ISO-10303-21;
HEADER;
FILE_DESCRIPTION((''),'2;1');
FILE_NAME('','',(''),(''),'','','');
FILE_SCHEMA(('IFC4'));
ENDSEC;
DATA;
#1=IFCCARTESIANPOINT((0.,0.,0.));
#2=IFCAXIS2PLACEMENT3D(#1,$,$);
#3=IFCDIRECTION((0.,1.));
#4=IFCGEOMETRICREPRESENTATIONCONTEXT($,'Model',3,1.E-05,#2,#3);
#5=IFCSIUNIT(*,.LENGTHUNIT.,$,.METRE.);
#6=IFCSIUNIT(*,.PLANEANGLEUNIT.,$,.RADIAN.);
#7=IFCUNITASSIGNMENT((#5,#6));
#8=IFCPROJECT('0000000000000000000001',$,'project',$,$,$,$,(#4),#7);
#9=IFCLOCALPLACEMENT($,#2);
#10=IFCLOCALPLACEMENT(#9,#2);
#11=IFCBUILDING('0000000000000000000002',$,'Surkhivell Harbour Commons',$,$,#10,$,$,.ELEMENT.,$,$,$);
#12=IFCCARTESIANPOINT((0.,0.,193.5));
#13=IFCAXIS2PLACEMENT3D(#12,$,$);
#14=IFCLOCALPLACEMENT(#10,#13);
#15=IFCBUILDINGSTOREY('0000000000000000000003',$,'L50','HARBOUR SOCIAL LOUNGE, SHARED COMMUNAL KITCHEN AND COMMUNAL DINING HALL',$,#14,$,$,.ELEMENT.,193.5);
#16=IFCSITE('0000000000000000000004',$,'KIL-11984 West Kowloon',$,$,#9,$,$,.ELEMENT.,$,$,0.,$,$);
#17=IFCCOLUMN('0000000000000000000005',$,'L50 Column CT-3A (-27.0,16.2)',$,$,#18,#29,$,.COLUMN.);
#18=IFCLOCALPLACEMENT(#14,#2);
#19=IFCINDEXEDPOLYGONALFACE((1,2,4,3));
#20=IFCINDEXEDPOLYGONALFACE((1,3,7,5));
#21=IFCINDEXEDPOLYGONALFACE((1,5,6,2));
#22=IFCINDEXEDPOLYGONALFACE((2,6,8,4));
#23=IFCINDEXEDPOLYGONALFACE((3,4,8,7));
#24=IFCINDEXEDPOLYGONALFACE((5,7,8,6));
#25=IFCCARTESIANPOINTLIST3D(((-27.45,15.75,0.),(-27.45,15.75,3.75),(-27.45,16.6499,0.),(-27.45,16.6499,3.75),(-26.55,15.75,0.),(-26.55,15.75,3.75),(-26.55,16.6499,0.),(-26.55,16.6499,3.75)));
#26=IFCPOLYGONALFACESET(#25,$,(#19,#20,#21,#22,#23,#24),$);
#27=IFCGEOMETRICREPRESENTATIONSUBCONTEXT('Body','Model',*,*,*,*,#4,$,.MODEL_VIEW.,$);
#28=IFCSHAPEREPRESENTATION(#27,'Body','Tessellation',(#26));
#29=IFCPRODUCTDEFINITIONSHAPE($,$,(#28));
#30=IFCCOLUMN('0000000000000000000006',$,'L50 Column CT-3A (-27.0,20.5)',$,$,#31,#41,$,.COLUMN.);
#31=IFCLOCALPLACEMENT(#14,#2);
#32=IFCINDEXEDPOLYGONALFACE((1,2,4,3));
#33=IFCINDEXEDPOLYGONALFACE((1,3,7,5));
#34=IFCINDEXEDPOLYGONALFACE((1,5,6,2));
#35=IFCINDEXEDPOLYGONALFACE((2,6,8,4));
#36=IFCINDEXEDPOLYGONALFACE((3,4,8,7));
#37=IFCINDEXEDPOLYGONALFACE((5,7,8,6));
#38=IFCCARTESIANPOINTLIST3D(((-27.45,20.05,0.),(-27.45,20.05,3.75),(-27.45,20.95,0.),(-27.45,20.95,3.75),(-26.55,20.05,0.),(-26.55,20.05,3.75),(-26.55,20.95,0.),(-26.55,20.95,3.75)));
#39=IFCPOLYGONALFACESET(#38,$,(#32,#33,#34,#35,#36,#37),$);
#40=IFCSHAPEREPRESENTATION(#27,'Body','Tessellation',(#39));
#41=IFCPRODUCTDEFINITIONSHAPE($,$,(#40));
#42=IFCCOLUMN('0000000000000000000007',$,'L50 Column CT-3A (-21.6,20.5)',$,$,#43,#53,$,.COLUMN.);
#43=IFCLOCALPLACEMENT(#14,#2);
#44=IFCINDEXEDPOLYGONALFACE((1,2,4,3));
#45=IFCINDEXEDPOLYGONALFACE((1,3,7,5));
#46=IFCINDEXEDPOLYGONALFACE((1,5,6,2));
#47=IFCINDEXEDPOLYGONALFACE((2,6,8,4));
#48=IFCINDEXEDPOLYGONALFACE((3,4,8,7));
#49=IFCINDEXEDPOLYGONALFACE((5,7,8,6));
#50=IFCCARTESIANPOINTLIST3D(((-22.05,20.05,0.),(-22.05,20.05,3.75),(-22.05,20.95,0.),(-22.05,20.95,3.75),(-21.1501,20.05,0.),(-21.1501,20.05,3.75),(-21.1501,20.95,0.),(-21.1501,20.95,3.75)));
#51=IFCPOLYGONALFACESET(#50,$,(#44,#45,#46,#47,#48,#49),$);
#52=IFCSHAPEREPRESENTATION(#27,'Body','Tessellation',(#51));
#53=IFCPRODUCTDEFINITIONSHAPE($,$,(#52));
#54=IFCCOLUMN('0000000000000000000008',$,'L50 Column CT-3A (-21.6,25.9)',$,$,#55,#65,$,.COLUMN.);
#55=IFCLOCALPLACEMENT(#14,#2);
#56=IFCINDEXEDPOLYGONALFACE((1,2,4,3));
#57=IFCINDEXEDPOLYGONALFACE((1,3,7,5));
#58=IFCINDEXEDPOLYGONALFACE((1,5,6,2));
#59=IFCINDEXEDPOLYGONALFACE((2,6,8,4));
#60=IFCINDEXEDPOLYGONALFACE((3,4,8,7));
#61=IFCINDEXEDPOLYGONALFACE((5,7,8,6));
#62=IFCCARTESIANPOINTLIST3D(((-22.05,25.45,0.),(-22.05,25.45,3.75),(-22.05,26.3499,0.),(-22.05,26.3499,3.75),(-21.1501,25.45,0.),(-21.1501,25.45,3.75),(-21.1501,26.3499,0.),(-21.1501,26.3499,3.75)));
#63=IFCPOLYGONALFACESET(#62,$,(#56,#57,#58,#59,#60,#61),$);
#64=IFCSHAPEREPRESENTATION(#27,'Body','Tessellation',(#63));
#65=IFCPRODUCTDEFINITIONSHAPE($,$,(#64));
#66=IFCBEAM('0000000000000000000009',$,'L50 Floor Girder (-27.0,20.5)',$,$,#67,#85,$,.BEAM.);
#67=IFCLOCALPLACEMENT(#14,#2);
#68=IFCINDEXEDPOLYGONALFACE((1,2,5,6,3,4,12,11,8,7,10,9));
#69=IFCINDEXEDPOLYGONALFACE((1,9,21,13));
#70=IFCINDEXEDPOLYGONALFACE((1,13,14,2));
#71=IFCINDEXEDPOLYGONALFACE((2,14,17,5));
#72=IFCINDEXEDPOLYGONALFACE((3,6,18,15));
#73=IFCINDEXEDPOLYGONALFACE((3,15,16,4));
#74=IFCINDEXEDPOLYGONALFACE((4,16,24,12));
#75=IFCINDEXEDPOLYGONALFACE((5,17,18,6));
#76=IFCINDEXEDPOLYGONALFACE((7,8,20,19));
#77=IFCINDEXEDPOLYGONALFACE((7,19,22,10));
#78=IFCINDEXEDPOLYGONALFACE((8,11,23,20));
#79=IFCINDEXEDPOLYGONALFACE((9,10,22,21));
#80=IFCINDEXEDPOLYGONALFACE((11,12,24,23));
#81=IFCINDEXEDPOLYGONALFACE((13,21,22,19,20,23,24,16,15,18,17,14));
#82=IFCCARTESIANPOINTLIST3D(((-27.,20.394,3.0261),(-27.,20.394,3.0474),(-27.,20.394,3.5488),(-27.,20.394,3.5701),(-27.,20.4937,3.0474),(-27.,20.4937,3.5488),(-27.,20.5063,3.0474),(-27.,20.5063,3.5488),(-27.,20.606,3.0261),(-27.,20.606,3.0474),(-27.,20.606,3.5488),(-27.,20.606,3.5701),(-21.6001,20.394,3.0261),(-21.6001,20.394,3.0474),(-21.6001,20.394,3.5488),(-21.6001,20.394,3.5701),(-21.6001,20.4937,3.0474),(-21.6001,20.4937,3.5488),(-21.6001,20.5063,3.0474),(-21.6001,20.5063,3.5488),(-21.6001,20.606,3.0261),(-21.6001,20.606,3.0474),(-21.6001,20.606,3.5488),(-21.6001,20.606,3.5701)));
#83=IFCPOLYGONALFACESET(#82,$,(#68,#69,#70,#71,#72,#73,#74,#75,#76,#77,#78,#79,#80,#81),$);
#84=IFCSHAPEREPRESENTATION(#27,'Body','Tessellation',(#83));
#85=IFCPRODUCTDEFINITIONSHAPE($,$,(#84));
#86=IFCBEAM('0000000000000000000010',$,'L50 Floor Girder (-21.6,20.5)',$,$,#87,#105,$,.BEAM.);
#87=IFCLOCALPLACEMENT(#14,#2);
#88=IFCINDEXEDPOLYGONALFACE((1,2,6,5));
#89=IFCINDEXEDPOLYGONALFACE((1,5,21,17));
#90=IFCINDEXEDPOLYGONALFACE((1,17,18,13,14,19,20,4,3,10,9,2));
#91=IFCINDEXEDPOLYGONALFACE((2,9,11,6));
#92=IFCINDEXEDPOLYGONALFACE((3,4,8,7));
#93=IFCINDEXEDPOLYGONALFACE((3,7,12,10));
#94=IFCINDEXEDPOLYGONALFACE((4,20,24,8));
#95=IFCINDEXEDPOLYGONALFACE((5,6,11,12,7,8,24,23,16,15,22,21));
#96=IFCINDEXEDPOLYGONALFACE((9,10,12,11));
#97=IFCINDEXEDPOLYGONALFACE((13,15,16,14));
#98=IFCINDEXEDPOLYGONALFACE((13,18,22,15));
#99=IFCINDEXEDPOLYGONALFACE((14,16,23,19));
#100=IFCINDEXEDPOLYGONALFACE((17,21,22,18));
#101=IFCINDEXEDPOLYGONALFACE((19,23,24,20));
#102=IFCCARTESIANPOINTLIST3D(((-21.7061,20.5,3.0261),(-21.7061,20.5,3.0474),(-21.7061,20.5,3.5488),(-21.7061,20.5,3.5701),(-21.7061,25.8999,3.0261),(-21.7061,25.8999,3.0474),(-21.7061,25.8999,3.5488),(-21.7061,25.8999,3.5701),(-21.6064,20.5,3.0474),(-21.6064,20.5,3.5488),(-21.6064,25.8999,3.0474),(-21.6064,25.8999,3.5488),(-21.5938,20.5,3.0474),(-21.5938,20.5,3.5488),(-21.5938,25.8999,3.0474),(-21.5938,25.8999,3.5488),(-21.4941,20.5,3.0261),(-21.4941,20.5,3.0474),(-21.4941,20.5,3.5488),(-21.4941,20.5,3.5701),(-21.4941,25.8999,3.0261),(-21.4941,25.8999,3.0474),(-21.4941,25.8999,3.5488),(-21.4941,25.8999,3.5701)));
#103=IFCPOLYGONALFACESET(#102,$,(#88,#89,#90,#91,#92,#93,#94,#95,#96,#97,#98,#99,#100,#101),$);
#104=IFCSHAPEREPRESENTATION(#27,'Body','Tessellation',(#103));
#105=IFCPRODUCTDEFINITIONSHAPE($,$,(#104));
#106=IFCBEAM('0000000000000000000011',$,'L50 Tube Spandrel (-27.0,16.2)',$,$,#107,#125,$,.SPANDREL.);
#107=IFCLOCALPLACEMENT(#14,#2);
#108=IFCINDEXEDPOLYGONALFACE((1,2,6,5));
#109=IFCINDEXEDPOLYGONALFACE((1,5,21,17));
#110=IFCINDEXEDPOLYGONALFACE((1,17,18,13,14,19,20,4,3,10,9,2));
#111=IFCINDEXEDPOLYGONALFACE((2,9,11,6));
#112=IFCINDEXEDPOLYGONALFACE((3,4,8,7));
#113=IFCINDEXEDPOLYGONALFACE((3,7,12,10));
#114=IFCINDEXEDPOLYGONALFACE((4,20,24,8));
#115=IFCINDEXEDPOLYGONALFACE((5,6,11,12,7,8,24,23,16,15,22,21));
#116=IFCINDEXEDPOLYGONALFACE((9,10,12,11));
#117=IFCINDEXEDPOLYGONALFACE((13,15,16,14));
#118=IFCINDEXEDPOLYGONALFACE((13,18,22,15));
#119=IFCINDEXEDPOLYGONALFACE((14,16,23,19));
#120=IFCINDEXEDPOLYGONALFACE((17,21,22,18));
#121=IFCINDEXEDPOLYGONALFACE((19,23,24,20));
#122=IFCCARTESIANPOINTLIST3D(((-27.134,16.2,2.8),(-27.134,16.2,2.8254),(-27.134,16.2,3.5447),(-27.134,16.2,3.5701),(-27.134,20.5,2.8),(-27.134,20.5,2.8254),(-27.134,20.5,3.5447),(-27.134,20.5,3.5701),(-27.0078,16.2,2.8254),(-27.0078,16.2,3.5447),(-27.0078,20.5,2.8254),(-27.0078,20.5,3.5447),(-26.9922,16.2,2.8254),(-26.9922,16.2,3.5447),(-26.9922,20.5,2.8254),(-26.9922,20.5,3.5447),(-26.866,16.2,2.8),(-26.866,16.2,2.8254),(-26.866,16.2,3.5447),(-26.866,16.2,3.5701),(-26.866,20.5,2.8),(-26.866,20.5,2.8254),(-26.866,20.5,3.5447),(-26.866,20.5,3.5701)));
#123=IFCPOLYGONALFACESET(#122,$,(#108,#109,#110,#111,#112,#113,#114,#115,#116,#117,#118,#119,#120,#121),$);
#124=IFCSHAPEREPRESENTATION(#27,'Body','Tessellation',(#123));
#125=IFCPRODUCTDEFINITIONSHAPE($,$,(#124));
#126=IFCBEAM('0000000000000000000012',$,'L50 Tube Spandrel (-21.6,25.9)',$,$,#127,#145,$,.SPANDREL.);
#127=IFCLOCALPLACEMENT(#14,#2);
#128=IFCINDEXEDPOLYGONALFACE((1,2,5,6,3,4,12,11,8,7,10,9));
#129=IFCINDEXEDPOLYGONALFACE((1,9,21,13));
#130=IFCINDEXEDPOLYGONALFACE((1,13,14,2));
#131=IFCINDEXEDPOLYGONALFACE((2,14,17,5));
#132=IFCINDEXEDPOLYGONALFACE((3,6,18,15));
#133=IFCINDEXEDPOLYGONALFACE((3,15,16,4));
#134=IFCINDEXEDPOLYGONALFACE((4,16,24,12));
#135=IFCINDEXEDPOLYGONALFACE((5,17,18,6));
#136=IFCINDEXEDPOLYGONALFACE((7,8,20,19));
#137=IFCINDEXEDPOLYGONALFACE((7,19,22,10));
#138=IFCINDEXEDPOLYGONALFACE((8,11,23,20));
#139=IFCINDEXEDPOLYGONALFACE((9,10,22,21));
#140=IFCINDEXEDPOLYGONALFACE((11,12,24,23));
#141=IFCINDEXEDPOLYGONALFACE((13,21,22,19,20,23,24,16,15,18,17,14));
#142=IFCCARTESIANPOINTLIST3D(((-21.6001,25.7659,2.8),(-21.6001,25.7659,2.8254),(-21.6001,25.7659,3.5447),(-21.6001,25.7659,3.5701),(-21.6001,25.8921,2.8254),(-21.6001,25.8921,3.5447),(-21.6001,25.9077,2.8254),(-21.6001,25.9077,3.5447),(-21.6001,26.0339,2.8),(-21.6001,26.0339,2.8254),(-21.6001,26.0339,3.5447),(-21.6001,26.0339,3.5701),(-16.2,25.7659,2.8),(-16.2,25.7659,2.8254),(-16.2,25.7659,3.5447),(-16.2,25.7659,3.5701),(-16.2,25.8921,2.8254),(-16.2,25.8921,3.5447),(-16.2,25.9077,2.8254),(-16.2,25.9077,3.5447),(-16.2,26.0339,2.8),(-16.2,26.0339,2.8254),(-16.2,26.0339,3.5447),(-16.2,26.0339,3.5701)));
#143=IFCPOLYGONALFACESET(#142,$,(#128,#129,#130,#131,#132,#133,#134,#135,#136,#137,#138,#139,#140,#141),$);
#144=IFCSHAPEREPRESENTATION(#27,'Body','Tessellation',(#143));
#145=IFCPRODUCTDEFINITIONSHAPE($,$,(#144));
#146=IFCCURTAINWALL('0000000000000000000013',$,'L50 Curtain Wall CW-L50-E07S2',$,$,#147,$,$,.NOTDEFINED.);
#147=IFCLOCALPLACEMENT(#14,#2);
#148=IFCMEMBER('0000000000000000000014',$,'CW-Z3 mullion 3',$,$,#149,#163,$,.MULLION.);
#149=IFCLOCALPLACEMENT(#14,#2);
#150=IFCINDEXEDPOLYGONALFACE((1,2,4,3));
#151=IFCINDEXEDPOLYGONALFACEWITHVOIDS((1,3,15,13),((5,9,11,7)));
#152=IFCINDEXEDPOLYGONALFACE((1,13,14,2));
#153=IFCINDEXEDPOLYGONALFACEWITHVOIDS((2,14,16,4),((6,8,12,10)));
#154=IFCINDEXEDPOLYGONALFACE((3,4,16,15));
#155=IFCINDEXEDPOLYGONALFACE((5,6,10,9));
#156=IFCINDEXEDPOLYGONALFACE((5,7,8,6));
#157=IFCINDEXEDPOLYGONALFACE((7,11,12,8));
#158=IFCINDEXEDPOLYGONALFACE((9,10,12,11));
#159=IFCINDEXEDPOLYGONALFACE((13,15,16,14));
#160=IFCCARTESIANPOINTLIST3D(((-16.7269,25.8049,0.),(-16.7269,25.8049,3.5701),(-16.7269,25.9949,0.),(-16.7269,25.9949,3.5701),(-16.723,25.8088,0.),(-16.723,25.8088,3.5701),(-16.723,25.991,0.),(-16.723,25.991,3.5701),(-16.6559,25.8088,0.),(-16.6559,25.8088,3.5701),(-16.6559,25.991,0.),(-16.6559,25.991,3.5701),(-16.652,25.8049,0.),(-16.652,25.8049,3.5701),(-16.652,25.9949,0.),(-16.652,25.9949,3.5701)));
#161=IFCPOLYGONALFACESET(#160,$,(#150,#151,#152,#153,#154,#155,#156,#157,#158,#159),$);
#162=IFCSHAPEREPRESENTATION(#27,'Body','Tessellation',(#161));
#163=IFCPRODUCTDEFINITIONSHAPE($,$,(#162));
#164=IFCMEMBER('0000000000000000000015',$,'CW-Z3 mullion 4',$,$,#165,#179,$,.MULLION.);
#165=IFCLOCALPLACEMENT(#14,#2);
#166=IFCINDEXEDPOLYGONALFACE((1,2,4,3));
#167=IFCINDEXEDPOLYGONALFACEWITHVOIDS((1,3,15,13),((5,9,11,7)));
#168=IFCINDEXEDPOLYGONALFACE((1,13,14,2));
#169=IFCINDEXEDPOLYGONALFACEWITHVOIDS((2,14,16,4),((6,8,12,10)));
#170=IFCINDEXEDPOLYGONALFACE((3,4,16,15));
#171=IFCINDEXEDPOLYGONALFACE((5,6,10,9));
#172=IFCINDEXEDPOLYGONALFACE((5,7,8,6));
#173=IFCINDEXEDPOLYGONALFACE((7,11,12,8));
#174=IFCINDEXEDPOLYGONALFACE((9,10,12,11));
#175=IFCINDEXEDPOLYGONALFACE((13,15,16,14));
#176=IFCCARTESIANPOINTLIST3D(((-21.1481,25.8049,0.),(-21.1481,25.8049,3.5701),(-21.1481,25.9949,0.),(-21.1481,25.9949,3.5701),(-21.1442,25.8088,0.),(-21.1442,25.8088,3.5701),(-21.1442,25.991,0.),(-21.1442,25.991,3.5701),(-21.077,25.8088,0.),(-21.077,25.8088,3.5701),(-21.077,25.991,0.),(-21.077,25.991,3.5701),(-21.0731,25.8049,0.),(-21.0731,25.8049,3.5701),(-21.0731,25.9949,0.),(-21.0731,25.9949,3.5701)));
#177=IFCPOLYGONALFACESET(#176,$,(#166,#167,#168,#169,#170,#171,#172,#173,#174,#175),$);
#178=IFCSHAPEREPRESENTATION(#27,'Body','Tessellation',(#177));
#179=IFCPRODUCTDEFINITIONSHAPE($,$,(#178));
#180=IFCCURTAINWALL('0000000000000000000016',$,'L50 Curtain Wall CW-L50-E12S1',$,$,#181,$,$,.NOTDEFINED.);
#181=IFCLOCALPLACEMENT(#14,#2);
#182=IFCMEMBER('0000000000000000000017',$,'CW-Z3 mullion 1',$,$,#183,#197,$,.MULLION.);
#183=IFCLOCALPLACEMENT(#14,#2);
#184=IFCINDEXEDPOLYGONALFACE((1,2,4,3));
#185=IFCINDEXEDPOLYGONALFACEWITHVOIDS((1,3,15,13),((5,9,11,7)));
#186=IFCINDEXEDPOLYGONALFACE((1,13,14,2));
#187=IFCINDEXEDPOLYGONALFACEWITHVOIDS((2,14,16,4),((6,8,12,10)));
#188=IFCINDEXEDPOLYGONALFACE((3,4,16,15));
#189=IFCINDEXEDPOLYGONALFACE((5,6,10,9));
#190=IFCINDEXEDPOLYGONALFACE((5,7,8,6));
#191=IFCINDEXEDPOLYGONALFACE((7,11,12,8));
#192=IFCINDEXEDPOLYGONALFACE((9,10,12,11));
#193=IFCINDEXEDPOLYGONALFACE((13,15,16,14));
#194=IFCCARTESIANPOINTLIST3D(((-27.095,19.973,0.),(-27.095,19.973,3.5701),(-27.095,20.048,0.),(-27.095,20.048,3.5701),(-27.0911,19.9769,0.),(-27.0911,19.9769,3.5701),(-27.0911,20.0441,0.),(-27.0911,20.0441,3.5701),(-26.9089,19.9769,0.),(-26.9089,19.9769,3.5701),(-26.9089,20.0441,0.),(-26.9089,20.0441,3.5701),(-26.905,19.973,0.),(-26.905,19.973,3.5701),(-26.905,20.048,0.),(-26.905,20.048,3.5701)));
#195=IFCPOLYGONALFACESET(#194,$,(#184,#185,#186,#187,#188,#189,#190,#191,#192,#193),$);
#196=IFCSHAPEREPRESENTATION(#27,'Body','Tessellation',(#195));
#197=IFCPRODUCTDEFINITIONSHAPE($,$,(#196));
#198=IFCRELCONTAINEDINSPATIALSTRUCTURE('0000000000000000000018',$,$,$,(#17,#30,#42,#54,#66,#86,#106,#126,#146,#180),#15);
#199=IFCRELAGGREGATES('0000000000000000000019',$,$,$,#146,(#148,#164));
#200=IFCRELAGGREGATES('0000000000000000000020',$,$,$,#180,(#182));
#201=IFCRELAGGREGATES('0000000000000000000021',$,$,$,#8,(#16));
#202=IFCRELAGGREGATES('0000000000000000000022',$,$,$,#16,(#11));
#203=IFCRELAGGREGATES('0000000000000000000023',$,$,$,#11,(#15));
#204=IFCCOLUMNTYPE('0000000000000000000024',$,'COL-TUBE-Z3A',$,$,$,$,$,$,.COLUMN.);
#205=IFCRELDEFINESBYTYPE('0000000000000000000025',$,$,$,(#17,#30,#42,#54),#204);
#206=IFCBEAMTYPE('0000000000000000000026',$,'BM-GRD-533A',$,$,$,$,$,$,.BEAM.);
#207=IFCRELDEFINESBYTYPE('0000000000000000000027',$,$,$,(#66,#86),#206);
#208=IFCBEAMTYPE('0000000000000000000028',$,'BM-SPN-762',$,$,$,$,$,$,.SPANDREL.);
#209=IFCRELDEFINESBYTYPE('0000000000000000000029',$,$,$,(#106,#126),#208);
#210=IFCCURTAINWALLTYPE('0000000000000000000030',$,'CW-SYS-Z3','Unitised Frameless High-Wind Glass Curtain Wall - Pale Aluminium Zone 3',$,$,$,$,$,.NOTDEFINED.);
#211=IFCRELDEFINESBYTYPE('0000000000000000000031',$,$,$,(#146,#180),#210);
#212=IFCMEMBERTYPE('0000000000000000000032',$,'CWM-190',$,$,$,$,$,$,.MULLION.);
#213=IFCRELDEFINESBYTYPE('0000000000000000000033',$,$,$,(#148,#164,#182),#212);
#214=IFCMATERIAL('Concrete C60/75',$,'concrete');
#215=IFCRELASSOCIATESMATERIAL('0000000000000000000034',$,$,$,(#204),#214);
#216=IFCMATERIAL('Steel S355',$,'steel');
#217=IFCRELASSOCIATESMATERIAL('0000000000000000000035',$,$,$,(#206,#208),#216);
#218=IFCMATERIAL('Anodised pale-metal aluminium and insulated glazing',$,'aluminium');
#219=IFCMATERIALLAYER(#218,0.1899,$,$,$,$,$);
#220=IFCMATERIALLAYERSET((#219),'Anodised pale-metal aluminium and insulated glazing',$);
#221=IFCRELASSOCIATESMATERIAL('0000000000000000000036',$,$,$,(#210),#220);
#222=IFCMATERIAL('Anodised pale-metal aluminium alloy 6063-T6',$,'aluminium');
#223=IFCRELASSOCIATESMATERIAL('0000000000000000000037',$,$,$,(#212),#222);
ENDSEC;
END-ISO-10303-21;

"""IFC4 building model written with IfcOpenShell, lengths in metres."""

from ifc_helpers import new_model, si_unit, direction, frame, origin, origin_2d, place, context, subcontext, project, spatial, rectangle, hollow_rectangle, i_section, extrude, material, layer, layer_set, material_profile, profile_set, type_object, element, aggregate, save


model = new_model("IFC4")

# Units and contexts
model_context = context("Model", 3, precision=1e-05, world=origin(), true_north=direction((0.0, 1.0)))
body_context = subcontext(model_context, "Body", "Model", "MODEL_VIEW")
ifc_project = project(units=[si_unit("LENGTHUNIT", "METRE"), si_unit("PLANEANGLEUNIT", "RADIAN")], contexts=[model_context])

# Site, building, storey
site_placement = place(None, origin())
site = spatial("IfcSite", under=ifc_project, at=site_placement, Name="KIL-11984 West Kowloon", CompositionType="ELEMENT", RefElevation=0.0)
building_placement = place(site_placement, origin())
building = spatial("IfcBuilding", under=site, at=building_placement, Name="Surkhivell Harbour Commons", CompositionType="ELEMENT")
storey_placement = place(building_placement, frame((0.0, 0.0, 193.5)))
storey = spatial("IfcBuildingStorey", under=building, at=storey_placement, Name="L50", Description="HARBOUR SOCIAL LOUNGE, SHARED COMMUNAL KITCHEN AND COMMUNAL DINING HALL", CompositionType="ELEMENT", Elevation=193.5)

# Columns
ifc_material_1 = material(Name="Concrete C60/75", Category="concrete")
ifc_material_profile_1 = material_profile(ifc_material_1, rectangle(XDim=0.8999, YDim=0.8999, at=origin_2d()), Name="RC-COL-900x900")
ifc_profile_set_1 = profile_set([ifc_material_profile_1], Name="Concrete C60/75")
column_type = type_object("IfcColumnType", Name="COL-TUBE-Z3A", PredefinedType="COLUMN", material=ifc_profile_set_1)
for number, where, z_axis, x_axis, name in (
    (1, (-27.0, 16.2, 0.0), (0.0, 0.0, 1.0), (1.0, 0.0, 0.0), "L50 Column CT-3A (-27.0,16.2)"),
    (2, (-27.0, 20.5, 0.0), (0.0, 0.0, 1.0), (1.0, 0.0, 0.0), "L50 Column CT-3A (-27.0,20.5)"),
    (3, (-21.6001, 20.5, 0.0), (0.0, 0.0, 1.0), (1.0, 0.0, 0.0), "L50 Column CT-3A (-21.6,20.5)"),
    (4, (-21.6001, 25.8999, 0.0), (0.0, 0.0, 1.0), (1.0, 0.0, 0.0), "L50 Column CT-3A (-21.6,25.9)"),
):
    element("IfcColumn", number, at=place(storey_placement, frame(where, z_axis=z_axis, x_axis=x_axis)), inside=storey, type_object=column_type, Name=name, PredefinedType="COLUMN", context=body_context, shape_type="SweptSolid", body=[
        extrude(rectangle(XDim=0.8999, YDim=0.8999, at=origin_2d()), origin(), (0.0, 0.0, 1.0), 3.75),
    ])

# Beams
ifc_material_2 = material(Name="Steel S355", Category="steel")
ifc_material_profile_2 = material_profile(ifc_material_2, i_section(OverallWidth=0.2119, OverallDepth=0.5439, WebThickness=0.0127, FlangeThickness=0.0212, at=origin_2d()), Name="UB533x210x122")
ifc_profile_set_2 = profile_set([ifc_material_profile_2], Name="Steel S355")
beam_type_1 = type_object("IfcBeamType", Name="BM-GRD-533A", PredefinedType="BEAM", material=ifc_profile_set_2)
for number, where, z_axis, x_axis, name in (
    (5, (-27.0, 20.5, 3.2981), (1.0, 0.0, 0.0), (0.0, 1.0, 0.0), "L50 Floor Girder (-27.0,20.5)"),
    (6, (-21.6001, 20.5, 3.2981), (0.0, 1.0, 0.0), (-1.0, 0.0, 0.0), "L50 Floor Girder (-21.6,20.5)"),
):
    element("IfcBeam", number, at=place(storey_placement, frame(where, z_axis=z_axis, x_axis=x_axis)), inside=storey, type_object=beam_type_1, Name=name, PredefinedType="BEAM", context=body_context, shape_type="SweptSolid", body=[
        extrude(i_section(OverallWidth=0.2119, OverallDepth=0.5439, WebThickness=0.0127, FlangeThickness=0.0212, at=origin_2d()), origin(), (0.0, 0.0, 1.0), 5.3999),
    ])
ifc_material_profile_3 = material_profile(ifc_material_2, i_section(OverallWidth=0.2681, OverallDepth=0.77, WebThickness=0.0156, FlangeThickness=0.0254, at=origin_2d()), Name="UB762x267x197")
ifc_profile_set_3 = profile_set([ifc_material_profile_3], Name="Steel S355")
beam_type_2 = type_object("IfcBeamType", Name="BM-SPN-762", PredefinedType="SPANDREL", material=ifc_profile_set_3)
beam_1_placement = place(storey_placement, frame((-27.0, 16.2, 3.1851), z_axis=(0.0, 1.0, 0.0), x_axis=(-1.0, 0.0, 0.0)))
element("IfcBeam", 7, at=beam_1_placement, inside=storey, type_object=beam_type_2, Name="L50 Tube Spandrel (-27.0,16.2)", PredefinedType="SPANDREL", context=body_context, shape_type="SweptSolid", body=[
    extrude(i_section(OverallWidth=0.2681, OverallDepth=0.77, WebThickness=0.0156, FlangeThickness=0.0254, at=origin_2d()), origin(), (0.0, 0.0, 1.0), 4.3),
])
beam_2_placement = place(storey_placement, frame((-21.6001, 25.8999, 3.1851), z_axis=(1.0, 0.0, 0.0), x_axis=(0.0, 1.0, 0.0)))
element("IfcBeam", 8, at=beam_2_placement, inside=storey, type_object=beam_type_2, Name="L50 Tube Spandrel (-21.6,25.9)", PredefinedType="SPANDREL", context=body_context, shape_type="SweptSolid", body=[
    extrude(i_section(OverallWidth=0.2681, OverallDepth=0.77, WebThickness=0.0156, FlangeThickness=0.0254, at=origin_2d()), origin(), (0.0, 0.0, 1.0), 5.4001),
])

# Curtain walls, members
ifc_material_3 = material(Name="Anodised pale-metal aluminium and insulated glazing", Category="aluminium")
ifc_layer_1 = layer(ifc_material_3, 0.1899)
ifc_layer_set_1 = layer_set([ifc_layer_1], Name="Anodised pale-metal aluminium and insulated glazing")
curtain_wall_type = type_object("IfcCurtainWallType", Name="CW-SYS-Z3", Description="Unitised Frameless High-Wind Glass Curtain Wall - Pale Aluminium Zone 3", PredefinedType="NOTDEFINED", material=ifc_layer_set_1)
curtain_wall_1_placement = place(storey_placement, origin())
curtain_wall_1 = element("IfcCurtainWall", 9, at=curtain_wall_1_placement, inside=storey, type_object=curtain_wall_type, Name="L50 Curtain Wall CW-L50-E07S2", PredefinedType="NOTDEFINED")
ifc_material_4 = material(Name="Anodised pale-metal aluminium alloy 6063-T6", Category="aluminium")
ifc_material_profile_4 = material_profile(ifc_material_4, hollow_rectangle(XDim=0.075, YDim=0.1899, WallThickness=0.0039, at=origin_2d()), Name="ALU-MULL-75x190")
ifc_profile_set_4 = profile_set([ifc_material_profile_4], Name="Anodised pale-metal aluminium alloy 6063-T6")
member_type_1 = type_object("IfcMemberType", Name="CWM-190", PredefinedType="MULLION", material=ifc_profile_set_4)
member_1_placement = place(storey_placement, frame((-16.6895, 25.8999, 0.0), z_axis=(0.0, 0.0, 1.0), x_axis=(-1.0, 0.0, 0.0)))
member_1 = element("IfcMember", 10, at=member_1_placement, type_object=member_type_1, Name="CW-Z3 mullion 3", PredefinedType="MULLION", context=body_context, shape_type="SweptSolid", body=[
    extrude(hollow_rectangle(XDim=0.075, YDim=0.1899, WallThickness=0.0039, at=origin_2d()), origin(), (0.0, 0.0, 1.0), 3.5701),
])
member_2_placement = place(storey_placement, frame((-21.1106, 25.8999, 0.0), z_axis=(0.0, 0.0, 1.0), x_axis=(-1.0, 0.0, 0.0)))
member_2 = element("IfcMember", 11, at=member_2_placement, type_object=member_type_1, Name="CW-Z3 mullion 4", PredefinedType="MULLION", context=body_context, shape_type="SweptSolid", body=[
    extrude(hollow_rectangle(XDim=0.075, YDim=0.1899, WallThickness=0.0039, at=origin_2d()), origin(), (0.0, 0.0, 1.0), 3.5701),
])
curtain_wall_2_placement = place(storey_placement, origin())
curtain_wall_2 = element("IfcCurtainWall", 12, at=curtain_wall_2_placement, inside=storey, type_object=curtain_wall_type, Name="L50 Curtain Wall CW-L50-E12S1", PredefinedType="NOTDEFINED")
member_3_placement = place(storey_placement, frame((-27.0, 20.0105, 0.0), z_axis=(0.0, 0.0, 1.0), x_axis=(0.0, -1.0, 0.0)))
member_3 = element("IfcMember", 13, at=member_3_placement, type_object=member_type_1, Name="CW-Z3 mullion 1", PredefinedType="MULLION", context=body_context, shape_type="SweptSolid", body=[
    extrude(hollow_rectangle(XDim=0.075, YDim=0.1899, WallThickness=0.0039, at=origin_2d()), origin(), (0.0, 0.0, 1.0), 3.5701),
])

aggregate(curtain_wall_1, [member_1, member_2])
aggregate(curtain_wall_2, [member_3])

save(model, "model.ifc")
